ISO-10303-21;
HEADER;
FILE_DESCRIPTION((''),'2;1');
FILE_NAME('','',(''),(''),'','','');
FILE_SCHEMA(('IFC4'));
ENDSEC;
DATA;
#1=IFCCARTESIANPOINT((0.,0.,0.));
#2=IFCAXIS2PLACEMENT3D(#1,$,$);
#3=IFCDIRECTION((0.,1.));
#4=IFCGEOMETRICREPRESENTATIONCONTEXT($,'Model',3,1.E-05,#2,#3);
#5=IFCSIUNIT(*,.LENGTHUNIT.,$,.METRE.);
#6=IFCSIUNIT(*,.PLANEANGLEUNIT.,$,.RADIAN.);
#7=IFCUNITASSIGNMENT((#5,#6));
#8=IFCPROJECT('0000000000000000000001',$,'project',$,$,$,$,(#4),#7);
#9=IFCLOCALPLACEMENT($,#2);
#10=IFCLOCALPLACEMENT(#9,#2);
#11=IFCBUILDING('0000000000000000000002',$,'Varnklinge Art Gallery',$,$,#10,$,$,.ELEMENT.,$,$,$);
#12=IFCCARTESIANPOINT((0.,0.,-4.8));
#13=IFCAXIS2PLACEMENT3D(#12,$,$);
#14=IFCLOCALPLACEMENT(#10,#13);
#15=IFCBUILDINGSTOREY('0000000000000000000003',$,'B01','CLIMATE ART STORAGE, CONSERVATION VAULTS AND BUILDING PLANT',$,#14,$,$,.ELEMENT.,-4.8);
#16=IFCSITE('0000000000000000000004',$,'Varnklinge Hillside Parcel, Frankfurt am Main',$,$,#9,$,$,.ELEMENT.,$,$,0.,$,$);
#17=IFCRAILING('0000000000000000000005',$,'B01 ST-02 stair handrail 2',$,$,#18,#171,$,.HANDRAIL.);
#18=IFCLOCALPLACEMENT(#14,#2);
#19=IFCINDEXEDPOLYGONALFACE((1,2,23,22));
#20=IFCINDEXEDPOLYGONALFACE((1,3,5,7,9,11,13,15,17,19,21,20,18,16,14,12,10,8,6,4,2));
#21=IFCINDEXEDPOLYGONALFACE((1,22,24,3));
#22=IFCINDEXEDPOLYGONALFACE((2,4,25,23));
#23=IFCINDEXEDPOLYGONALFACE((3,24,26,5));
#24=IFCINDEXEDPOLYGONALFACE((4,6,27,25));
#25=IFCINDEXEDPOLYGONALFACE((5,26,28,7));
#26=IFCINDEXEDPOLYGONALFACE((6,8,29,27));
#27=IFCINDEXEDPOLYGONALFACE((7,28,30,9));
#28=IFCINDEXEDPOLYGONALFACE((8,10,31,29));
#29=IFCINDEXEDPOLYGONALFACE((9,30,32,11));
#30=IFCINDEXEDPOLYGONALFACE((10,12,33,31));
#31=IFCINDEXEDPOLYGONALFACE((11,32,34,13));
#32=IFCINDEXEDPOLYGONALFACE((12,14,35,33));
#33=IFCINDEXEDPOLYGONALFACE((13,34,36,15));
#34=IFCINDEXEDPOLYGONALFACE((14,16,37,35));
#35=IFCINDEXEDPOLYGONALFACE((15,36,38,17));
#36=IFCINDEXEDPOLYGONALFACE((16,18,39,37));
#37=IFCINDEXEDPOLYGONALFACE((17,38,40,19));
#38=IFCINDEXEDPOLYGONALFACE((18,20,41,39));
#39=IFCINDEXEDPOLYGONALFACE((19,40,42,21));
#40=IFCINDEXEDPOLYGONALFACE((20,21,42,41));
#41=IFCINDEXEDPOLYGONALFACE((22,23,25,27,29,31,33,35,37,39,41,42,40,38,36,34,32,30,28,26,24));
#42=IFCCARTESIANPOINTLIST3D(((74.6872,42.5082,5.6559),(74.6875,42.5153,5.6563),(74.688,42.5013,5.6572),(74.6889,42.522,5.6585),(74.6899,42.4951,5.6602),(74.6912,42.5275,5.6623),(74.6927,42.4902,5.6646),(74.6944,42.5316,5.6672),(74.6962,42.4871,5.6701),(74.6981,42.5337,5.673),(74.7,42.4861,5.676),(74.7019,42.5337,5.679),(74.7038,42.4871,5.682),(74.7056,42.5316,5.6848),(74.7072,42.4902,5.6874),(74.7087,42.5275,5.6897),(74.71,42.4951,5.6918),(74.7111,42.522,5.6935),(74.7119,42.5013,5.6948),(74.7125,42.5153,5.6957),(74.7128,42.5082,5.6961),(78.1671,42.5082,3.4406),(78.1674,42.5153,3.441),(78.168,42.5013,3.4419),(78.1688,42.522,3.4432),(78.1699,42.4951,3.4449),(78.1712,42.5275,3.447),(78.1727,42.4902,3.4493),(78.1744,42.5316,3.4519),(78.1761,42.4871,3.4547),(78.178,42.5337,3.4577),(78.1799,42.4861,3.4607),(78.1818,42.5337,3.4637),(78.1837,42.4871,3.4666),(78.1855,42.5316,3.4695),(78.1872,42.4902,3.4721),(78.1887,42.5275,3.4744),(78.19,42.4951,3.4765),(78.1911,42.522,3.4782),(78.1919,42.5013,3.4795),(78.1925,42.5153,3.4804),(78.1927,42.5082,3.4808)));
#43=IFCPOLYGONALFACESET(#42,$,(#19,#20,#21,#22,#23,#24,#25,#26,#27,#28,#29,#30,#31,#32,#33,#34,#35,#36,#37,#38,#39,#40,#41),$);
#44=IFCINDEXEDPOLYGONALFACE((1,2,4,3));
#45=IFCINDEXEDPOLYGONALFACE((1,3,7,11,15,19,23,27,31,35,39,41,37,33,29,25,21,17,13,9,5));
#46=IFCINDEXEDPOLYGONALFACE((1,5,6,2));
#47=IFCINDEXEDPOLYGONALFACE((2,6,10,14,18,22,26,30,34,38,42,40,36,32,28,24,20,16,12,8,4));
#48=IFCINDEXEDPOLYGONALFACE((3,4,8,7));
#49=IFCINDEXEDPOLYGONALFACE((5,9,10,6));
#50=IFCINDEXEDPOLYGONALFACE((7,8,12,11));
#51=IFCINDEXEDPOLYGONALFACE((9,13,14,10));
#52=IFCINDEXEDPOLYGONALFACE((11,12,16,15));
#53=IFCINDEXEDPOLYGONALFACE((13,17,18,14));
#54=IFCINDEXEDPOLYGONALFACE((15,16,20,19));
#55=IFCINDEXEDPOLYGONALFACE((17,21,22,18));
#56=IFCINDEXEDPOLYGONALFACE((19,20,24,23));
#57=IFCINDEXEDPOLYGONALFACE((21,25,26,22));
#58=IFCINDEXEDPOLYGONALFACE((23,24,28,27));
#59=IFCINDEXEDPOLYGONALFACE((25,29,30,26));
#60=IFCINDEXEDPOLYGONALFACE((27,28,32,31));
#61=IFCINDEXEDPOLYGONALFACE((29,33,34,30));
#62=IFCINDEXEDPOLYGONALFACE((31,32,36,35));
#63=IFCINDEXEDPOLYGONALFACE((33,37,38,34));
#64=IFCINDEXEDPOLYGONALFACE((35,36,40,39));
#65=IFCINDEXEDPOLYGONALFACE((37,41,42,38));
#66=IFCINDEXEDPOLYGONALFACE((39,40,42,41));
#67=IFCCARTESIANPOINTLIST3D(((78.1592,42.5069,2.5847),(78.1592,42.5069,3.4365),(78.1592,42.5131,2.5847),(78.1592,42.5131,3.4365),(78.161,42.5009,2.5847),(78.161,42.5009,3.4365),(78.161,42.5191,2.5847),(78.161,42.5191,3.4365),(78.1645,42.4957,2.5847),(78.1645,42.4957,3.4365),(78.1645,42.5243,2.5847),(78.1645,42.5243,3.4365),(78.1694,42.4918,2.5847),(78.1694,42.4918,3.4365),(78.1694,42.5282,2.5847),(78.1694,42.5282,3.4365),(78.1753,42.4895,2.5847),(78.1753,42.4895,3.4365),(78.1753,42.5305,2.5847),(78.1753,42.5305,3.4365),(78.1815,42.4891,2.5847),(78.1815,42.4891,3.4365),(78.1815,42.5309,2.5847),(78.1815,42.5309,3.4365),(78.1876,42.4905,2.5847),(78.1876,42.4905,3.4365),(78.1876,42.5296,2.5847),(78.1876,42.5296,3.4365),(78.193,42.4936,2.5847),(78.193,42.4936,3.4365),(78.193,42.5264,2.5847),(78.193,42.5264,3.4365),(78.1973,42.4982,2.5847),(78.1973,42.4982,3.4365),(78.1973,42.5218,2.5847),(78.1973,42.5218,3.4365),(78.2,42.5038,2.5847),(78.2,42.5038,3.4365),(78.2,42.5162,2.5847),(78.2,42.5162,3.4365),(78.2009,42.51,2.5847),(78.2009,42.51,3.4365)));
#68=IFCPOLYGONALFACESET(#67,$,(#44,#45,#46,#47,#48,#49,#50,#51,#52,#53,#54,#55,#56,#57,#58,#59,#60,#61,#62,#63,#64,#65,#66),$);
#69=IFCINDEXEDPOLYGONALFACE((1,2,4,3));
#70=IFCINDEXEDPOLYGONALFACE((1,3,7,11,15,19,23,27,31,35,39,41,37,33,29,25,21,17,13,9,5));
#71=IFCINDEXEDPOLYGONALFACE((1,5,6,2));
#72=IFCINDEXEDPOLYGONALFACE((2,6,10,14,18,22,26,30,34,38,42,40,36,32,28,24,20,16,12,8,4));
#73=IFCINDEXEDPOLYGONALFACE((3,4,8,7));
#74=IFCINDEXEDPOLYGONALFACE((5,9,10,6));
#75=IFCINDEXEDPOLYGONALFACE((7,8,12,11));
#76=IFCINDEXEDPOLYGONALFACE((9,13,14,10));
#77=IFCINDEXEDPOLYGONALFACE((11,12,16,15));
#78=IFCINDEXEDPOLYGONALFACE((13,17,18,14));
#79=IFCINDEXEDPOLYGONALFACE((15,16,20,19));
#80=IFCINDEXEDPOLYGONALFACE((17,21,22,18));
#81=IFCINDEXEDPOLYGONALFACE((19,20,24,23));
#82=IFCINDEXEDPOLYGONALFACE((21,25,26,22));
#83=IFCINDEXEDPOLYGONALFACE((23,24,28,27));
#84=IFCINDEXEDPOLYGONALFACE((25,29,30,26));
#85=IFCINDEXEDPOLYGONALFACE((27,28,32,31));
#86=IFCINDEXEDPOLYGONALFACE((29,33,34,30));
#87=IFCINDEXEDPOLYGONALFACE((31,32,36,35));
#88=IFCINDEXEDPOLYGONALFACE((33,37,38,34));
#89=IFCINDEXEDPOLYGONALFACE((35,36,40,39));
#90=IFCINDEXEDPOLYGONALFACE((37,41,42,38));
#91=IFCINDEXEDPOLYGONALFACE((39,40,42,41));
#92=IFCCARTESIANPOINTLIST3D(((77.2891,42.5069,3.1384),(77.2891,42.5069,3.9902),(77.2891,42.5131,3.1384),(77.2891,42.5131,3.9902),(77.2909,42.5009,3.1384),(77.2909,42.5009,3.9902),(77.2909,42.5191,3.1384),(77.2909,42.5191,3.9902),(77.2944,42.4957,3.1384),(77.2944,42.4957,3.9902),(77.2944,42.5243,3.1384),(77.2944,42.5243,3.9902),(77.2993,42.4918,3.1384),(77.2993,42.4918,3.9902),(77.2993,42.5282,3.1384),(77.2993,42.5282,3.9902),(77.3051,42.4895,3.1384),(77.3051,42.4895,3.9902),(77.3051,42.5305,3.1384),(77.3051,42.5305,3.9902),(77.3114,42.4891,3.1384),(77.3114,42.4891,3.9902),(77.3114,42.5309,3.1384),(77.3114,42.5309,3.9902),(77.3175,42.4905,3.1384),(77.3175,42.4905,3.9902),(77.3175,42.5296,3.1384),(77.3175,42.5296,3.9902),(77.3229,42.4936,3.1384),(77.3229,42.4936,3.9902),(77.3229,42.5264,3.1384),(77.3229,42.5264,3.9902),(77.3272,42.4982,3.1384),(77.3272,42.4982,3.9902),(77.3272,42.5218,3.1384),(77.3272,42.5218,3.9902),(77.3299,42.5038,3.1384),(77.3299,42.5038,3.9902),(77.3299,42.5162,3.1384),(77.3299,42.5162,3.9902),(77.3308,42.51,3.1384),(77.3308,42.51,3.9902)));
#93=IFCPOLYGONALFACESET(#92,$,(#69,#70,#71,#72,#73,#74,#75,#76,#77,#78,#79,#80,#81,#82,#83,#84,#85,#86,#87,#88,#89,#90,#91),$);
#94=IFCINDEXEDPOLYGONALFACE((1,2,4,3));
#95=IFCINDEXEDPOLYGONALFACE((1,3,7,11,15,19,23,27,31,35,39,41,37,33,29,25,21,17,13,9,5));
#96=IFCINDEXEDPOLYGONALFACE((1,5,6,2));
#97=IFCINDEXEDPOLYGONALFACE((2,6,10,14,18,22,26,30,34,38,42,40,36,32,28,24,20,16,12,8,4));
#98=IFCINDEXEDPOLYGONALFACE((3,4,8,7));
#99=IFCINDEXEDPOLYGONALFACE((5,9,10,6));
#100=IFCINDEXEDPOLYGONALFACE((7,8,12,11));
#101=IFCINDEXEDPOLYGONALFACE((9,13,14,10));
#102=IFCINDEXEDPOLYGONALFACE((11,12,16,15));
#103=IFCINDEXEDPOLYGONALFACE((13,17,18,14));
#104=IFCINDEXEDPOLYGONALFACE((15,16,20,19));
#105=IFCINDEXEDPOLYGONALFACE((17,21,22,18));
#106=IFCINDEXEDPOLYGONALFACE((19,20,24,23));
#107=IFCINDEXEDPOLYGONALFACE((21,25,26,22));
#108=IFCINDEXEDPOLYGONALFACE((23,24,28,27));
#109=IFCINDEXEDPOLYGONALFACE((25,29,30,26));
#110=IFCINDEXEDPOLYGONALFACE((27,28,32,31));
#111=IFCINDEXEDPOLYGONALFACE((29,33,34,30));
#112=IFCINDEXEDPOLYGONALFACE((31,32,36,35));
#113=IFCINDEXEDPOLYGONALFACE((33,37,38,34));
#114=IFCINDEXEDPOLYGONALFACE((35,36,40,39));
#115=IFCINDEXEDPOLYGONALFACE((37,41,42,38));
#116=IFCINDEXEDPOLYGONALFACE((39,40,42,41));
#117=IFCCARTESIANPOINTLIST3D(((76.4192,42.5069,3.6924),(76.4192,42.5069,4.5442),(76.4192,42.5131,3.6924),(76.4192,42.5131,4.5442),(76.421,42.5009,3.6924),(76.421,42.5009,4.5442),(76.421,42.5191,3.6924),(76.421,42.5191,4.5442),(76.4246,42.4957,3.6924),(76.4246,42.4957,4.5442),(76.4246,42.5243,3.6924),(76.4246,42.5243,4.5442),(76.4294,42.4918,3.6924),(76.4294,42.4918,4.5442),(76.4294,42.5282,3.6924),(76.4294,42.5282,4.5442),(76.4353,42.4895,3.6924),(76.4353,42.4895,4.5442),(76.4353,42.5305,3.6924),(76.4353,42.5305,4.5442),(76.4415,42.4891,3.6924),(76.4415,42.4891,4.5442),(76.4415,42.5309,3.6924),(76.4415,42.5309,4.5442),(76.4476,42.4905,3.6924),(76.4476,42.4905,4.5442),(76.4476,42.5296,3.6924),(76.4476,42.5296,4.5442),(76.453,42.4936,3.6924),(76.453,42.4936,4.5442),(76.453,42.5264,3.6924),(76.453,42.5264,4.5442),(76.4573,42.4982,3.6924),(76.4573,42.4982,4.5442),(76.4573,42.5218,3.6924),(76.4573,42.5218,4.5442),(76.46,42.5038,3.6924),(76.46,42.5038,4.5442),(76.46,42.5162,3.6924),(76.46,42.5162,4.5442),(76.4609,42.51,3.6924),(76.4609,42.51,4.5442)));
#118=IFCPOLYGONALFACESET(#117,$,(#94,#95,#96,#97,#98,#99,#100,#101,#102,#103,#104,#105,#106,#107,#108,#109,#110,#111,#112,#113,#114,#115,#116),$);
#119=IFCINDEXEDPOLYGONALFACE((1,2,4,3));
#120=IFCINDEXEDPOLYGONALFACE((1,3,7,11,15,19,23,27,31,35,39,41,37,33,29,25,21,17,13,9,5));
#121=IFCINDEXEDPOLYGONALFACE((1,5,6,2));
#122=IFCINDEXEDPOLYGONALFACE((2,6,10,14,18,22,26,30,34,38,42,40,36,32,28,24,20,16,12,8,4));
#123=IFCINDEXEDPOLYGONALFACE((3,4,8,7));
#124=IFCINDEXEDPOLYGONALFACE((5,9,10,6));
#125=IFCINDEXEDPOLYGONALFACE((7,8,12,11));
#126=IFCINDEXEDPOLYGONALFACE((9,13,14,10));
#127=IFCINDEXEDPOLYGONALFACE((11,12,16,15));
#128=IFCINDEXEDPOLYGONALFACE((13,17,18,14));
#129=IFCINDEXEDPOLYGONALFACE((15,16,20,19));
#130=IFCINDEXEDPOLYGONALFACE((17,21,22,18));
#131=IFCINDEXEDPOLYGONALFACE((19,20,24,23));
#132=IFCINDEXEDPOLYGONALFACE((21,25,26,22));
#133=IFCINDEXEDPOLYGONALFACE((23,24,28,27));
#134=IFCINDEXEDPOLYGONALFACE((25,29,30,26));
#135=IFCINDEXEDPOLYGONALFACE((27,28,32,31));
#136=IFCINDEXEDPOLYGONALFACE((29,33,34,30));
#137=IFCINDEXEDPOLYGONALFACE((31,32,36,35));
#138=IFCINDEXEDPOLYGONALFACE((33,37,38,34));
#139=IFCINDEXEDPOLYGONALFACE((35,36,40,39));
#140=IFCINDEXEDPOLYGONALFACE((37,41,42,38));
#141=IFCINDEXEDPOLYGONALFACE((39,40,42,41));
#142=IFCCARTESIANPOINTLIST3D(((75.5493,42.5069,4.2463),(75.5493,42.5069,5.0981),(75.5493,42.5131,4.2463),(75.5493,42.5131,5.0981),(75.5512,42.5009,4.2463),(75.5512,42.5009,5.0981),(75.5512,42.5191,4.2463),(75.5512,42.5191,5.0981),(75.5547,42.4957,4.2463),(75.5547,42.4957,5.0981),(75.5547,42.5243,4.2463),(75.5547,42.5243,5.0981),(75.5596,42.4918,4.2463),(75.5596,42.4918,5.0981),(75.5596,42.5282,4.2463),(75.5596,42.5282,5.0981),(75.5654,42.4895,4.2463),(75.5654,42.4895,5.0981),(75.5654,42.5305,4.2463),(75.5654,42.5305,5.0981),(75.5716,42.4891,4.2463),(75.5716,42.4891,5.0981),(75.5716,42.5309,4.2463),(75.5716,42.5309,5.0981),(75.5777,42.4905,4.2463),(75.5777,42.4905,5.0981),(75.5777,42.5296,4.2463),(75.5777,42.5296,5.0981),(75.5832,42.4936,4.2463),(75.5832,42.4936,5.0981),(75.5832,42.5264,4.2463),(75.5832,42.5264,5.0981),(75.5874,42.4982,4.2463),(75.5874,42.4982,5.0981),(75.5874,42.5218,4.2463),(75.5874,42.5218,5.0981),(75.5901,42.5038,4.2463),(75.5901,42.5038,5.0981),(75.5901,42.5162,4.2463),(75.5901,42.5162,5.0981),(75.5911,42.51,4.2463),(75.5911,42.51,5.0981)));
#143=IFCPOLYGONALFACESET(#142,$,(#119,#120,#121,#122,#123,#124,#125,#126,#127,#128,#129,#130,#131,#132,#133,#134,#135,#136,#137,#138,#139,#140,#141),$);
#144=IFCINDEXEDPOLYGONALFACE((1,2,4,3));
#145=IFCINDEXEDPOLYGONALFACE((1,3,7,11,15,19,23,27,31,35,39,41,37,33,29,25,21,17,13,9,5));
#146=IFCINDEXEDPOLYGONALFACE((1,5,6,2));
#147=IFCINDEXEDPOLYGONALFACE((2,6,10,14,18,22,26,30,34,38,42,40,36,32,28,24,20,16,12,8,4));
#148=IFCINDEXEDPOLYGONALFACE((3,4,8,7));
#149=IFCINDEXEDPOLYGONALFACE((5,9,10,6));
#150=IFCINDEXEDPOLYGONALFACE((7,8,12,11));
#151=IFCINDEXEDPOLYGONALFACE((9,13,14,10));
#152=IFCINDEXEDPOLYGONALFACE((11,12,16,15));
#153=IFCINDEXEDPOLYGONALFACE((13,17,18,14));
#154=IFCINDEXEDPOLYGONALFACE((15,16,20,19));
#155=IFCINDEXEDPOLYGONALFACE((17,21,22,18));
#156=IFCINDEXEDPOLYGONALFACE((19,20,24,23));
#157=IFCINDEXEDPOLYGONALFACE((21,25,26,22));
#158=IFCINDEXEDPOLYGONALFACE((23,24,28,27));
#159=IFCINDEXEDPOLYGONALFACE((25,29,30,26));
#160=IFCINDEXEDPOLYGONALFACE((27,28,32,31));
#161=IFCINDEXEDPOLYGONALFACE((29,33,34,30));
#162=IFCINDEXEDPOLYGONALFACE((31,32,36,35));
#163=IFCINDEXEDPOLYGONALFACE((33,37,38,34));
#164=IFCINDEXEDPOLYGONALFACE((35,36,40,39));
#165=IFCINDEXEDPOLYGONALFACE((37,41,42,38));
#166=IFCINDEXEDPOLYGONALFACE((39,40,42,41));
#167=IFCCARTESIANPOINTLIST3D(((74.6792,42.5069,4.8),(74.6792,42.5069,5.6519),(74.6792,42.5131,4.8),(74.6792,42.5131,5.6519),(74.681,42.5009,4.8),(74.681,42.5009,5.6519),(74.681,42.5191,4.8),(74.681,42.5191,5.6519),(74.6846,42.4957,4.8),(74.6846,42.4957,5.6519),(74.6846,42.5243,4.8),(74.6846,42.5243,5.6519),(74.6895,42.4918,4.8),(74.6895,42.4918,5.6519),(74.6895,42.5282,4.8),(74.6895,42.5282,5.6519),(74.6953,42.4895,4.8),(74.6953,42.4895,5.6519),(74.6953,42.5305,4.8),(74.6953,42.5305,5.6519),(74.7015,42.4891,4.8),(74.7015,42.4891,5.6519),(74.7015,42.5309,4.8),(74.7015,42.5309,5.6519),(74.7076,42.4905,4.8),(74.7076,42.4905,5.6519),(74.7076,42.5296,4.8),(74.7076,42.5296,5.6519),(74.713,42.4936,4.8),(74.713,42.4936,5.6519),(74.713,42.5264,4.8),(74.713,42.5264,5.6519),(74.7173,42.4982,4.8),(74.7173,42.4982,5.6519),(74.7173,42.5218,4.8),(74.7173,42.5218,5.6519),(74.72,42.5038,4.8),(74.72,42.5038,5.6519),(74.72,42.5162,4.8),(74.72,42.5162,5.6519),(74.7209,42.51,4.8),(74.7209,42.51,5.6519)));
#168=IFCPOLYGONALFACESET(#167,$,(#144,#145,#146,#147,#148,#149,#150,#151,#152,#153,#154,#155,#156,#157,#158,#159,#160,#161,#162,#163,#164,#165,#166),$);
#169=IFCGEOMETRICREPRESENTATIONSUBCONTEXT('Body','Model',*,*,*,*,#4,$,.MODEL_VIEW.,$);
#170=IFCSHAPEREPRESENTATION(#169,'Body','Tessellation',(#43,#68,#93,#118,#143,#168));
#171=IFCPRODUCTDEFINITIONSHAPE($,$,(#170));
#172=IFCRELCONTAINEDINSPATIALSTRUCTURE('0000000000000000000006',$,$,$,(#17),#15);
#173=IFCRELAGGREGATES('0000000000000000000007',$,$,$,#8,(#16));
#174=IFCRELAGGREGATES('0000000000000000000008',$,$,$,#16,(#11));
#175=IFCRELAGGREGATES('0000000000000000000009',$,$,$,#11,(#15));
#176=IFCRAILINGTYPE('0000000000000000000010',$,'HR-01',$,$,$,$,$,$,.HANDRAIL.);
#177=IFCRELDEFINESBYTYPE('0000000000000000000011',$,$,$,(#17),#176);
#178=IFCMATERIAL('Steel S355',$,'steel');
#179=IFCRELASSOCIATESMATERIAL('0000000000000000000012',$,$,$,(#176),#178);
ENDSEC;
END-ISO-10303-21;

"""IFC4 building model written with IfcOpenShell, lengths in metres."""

from ifc_helpers import new_model, si_unit, direction, frame, origin, origin_2d, place, context, subcontext, project, spatial, circle, extrude, material, type_object, element, save


model = new_model("IFC4")

# Units and contexts
model_context = context("Model", 3, precision=1e-05, world=origin(), true_north=direction((0.0, 1.0)))
body_context = subcontext(model_context, "Body", "Model", "MODEL_VIEW")
ifc_project = project(units=[si_unit("LENGTHUNIT", "METRE"), si_unit("PLANEANGLEUNIT", "RADIAN")], contexts=[model_context])

# Site, building, storey
site_placement = place(None, origin())
site = spatial("IfcSite", under=ifc_project, at=site_placement, Name="Varnklinge Hillside Parcel, Frankfurt am Main", CompositionType="ELEMENT", RefElevation=0.0)
building_placement = place(site_placement, origin())
building = spatial("IfcBuilding", under=site, at=building_placement, Name="Varnklinge Art Gallery", CompositionType="ELEMENT")
storey_placement = place(building_placement, frame((0.0, 0.0, -4.8)))
storey = spatial("IfcBuildingStorey", under=building, at=storey_placement, Name="B01", Description="CLIMATE ART STORAGE, CONSERVATION VAULTS AND BUILDING PLANT", CompositionType="ELEMENT", Elevation=-4.8)

# Railing
ifc_material_1 = material(Name="Steel S355", Category="steel")
railing_type_1 = type_object("IfcRailingType", Name="HR-01", PredefinedType="HANDRAIL", material=ifc_material_1)
railing_1_placement = place(storey_placement, frame((78.1799, 42.51, 2.5847)))
element("IfcRailing", 1, at=railing_1_placement, inside=storey, type_object=railing_type_1, Name="B01 ST-02 stair handrail 2", PredefinedType="HANDRAIL", context=body_context, shape_type="SweptSolid", body=[
    extrude(circle(Radius=0.0239, at=origin_2d()), frame((0.0, 0.0, 0.876), z_axis=(-0.843574, 0.0, 0.537013), x_axis=(0.0, -1.0, 0.0)), (0.0, 0.0, 1.0), 4.1252),
    extrude(circle(Radius=0.021, at=origin_2d()), origin(), (0.0, 0.0, 1.0), 0.8518),
    extrude(circle(Radius=0.021, at=origin_2d()), frame((-0.8701, 0.0, 0.5537)), (0.0, 0.0, 1.0), 0.8518),
    extrude(circle(Radius=0.021, at=origin_2d()), frame((-1.74, 0.0, 1.1077)), (0.0, 0.0, 1.0), 0.8518),
    extrude(circle(Radius=0.021, at=origin_2d()), frame((-2.6099, 0.0, 1.6616)), (0.0, 0.0, 1.0), 0.8518),
    extrude(circle(Radius=0.021, at=origin_2d()), frame((-3.48, 0.0, 2.2153)), (0.0, 0.0, 1.0), 0.8518),
])

save(model, "model.ifc")
